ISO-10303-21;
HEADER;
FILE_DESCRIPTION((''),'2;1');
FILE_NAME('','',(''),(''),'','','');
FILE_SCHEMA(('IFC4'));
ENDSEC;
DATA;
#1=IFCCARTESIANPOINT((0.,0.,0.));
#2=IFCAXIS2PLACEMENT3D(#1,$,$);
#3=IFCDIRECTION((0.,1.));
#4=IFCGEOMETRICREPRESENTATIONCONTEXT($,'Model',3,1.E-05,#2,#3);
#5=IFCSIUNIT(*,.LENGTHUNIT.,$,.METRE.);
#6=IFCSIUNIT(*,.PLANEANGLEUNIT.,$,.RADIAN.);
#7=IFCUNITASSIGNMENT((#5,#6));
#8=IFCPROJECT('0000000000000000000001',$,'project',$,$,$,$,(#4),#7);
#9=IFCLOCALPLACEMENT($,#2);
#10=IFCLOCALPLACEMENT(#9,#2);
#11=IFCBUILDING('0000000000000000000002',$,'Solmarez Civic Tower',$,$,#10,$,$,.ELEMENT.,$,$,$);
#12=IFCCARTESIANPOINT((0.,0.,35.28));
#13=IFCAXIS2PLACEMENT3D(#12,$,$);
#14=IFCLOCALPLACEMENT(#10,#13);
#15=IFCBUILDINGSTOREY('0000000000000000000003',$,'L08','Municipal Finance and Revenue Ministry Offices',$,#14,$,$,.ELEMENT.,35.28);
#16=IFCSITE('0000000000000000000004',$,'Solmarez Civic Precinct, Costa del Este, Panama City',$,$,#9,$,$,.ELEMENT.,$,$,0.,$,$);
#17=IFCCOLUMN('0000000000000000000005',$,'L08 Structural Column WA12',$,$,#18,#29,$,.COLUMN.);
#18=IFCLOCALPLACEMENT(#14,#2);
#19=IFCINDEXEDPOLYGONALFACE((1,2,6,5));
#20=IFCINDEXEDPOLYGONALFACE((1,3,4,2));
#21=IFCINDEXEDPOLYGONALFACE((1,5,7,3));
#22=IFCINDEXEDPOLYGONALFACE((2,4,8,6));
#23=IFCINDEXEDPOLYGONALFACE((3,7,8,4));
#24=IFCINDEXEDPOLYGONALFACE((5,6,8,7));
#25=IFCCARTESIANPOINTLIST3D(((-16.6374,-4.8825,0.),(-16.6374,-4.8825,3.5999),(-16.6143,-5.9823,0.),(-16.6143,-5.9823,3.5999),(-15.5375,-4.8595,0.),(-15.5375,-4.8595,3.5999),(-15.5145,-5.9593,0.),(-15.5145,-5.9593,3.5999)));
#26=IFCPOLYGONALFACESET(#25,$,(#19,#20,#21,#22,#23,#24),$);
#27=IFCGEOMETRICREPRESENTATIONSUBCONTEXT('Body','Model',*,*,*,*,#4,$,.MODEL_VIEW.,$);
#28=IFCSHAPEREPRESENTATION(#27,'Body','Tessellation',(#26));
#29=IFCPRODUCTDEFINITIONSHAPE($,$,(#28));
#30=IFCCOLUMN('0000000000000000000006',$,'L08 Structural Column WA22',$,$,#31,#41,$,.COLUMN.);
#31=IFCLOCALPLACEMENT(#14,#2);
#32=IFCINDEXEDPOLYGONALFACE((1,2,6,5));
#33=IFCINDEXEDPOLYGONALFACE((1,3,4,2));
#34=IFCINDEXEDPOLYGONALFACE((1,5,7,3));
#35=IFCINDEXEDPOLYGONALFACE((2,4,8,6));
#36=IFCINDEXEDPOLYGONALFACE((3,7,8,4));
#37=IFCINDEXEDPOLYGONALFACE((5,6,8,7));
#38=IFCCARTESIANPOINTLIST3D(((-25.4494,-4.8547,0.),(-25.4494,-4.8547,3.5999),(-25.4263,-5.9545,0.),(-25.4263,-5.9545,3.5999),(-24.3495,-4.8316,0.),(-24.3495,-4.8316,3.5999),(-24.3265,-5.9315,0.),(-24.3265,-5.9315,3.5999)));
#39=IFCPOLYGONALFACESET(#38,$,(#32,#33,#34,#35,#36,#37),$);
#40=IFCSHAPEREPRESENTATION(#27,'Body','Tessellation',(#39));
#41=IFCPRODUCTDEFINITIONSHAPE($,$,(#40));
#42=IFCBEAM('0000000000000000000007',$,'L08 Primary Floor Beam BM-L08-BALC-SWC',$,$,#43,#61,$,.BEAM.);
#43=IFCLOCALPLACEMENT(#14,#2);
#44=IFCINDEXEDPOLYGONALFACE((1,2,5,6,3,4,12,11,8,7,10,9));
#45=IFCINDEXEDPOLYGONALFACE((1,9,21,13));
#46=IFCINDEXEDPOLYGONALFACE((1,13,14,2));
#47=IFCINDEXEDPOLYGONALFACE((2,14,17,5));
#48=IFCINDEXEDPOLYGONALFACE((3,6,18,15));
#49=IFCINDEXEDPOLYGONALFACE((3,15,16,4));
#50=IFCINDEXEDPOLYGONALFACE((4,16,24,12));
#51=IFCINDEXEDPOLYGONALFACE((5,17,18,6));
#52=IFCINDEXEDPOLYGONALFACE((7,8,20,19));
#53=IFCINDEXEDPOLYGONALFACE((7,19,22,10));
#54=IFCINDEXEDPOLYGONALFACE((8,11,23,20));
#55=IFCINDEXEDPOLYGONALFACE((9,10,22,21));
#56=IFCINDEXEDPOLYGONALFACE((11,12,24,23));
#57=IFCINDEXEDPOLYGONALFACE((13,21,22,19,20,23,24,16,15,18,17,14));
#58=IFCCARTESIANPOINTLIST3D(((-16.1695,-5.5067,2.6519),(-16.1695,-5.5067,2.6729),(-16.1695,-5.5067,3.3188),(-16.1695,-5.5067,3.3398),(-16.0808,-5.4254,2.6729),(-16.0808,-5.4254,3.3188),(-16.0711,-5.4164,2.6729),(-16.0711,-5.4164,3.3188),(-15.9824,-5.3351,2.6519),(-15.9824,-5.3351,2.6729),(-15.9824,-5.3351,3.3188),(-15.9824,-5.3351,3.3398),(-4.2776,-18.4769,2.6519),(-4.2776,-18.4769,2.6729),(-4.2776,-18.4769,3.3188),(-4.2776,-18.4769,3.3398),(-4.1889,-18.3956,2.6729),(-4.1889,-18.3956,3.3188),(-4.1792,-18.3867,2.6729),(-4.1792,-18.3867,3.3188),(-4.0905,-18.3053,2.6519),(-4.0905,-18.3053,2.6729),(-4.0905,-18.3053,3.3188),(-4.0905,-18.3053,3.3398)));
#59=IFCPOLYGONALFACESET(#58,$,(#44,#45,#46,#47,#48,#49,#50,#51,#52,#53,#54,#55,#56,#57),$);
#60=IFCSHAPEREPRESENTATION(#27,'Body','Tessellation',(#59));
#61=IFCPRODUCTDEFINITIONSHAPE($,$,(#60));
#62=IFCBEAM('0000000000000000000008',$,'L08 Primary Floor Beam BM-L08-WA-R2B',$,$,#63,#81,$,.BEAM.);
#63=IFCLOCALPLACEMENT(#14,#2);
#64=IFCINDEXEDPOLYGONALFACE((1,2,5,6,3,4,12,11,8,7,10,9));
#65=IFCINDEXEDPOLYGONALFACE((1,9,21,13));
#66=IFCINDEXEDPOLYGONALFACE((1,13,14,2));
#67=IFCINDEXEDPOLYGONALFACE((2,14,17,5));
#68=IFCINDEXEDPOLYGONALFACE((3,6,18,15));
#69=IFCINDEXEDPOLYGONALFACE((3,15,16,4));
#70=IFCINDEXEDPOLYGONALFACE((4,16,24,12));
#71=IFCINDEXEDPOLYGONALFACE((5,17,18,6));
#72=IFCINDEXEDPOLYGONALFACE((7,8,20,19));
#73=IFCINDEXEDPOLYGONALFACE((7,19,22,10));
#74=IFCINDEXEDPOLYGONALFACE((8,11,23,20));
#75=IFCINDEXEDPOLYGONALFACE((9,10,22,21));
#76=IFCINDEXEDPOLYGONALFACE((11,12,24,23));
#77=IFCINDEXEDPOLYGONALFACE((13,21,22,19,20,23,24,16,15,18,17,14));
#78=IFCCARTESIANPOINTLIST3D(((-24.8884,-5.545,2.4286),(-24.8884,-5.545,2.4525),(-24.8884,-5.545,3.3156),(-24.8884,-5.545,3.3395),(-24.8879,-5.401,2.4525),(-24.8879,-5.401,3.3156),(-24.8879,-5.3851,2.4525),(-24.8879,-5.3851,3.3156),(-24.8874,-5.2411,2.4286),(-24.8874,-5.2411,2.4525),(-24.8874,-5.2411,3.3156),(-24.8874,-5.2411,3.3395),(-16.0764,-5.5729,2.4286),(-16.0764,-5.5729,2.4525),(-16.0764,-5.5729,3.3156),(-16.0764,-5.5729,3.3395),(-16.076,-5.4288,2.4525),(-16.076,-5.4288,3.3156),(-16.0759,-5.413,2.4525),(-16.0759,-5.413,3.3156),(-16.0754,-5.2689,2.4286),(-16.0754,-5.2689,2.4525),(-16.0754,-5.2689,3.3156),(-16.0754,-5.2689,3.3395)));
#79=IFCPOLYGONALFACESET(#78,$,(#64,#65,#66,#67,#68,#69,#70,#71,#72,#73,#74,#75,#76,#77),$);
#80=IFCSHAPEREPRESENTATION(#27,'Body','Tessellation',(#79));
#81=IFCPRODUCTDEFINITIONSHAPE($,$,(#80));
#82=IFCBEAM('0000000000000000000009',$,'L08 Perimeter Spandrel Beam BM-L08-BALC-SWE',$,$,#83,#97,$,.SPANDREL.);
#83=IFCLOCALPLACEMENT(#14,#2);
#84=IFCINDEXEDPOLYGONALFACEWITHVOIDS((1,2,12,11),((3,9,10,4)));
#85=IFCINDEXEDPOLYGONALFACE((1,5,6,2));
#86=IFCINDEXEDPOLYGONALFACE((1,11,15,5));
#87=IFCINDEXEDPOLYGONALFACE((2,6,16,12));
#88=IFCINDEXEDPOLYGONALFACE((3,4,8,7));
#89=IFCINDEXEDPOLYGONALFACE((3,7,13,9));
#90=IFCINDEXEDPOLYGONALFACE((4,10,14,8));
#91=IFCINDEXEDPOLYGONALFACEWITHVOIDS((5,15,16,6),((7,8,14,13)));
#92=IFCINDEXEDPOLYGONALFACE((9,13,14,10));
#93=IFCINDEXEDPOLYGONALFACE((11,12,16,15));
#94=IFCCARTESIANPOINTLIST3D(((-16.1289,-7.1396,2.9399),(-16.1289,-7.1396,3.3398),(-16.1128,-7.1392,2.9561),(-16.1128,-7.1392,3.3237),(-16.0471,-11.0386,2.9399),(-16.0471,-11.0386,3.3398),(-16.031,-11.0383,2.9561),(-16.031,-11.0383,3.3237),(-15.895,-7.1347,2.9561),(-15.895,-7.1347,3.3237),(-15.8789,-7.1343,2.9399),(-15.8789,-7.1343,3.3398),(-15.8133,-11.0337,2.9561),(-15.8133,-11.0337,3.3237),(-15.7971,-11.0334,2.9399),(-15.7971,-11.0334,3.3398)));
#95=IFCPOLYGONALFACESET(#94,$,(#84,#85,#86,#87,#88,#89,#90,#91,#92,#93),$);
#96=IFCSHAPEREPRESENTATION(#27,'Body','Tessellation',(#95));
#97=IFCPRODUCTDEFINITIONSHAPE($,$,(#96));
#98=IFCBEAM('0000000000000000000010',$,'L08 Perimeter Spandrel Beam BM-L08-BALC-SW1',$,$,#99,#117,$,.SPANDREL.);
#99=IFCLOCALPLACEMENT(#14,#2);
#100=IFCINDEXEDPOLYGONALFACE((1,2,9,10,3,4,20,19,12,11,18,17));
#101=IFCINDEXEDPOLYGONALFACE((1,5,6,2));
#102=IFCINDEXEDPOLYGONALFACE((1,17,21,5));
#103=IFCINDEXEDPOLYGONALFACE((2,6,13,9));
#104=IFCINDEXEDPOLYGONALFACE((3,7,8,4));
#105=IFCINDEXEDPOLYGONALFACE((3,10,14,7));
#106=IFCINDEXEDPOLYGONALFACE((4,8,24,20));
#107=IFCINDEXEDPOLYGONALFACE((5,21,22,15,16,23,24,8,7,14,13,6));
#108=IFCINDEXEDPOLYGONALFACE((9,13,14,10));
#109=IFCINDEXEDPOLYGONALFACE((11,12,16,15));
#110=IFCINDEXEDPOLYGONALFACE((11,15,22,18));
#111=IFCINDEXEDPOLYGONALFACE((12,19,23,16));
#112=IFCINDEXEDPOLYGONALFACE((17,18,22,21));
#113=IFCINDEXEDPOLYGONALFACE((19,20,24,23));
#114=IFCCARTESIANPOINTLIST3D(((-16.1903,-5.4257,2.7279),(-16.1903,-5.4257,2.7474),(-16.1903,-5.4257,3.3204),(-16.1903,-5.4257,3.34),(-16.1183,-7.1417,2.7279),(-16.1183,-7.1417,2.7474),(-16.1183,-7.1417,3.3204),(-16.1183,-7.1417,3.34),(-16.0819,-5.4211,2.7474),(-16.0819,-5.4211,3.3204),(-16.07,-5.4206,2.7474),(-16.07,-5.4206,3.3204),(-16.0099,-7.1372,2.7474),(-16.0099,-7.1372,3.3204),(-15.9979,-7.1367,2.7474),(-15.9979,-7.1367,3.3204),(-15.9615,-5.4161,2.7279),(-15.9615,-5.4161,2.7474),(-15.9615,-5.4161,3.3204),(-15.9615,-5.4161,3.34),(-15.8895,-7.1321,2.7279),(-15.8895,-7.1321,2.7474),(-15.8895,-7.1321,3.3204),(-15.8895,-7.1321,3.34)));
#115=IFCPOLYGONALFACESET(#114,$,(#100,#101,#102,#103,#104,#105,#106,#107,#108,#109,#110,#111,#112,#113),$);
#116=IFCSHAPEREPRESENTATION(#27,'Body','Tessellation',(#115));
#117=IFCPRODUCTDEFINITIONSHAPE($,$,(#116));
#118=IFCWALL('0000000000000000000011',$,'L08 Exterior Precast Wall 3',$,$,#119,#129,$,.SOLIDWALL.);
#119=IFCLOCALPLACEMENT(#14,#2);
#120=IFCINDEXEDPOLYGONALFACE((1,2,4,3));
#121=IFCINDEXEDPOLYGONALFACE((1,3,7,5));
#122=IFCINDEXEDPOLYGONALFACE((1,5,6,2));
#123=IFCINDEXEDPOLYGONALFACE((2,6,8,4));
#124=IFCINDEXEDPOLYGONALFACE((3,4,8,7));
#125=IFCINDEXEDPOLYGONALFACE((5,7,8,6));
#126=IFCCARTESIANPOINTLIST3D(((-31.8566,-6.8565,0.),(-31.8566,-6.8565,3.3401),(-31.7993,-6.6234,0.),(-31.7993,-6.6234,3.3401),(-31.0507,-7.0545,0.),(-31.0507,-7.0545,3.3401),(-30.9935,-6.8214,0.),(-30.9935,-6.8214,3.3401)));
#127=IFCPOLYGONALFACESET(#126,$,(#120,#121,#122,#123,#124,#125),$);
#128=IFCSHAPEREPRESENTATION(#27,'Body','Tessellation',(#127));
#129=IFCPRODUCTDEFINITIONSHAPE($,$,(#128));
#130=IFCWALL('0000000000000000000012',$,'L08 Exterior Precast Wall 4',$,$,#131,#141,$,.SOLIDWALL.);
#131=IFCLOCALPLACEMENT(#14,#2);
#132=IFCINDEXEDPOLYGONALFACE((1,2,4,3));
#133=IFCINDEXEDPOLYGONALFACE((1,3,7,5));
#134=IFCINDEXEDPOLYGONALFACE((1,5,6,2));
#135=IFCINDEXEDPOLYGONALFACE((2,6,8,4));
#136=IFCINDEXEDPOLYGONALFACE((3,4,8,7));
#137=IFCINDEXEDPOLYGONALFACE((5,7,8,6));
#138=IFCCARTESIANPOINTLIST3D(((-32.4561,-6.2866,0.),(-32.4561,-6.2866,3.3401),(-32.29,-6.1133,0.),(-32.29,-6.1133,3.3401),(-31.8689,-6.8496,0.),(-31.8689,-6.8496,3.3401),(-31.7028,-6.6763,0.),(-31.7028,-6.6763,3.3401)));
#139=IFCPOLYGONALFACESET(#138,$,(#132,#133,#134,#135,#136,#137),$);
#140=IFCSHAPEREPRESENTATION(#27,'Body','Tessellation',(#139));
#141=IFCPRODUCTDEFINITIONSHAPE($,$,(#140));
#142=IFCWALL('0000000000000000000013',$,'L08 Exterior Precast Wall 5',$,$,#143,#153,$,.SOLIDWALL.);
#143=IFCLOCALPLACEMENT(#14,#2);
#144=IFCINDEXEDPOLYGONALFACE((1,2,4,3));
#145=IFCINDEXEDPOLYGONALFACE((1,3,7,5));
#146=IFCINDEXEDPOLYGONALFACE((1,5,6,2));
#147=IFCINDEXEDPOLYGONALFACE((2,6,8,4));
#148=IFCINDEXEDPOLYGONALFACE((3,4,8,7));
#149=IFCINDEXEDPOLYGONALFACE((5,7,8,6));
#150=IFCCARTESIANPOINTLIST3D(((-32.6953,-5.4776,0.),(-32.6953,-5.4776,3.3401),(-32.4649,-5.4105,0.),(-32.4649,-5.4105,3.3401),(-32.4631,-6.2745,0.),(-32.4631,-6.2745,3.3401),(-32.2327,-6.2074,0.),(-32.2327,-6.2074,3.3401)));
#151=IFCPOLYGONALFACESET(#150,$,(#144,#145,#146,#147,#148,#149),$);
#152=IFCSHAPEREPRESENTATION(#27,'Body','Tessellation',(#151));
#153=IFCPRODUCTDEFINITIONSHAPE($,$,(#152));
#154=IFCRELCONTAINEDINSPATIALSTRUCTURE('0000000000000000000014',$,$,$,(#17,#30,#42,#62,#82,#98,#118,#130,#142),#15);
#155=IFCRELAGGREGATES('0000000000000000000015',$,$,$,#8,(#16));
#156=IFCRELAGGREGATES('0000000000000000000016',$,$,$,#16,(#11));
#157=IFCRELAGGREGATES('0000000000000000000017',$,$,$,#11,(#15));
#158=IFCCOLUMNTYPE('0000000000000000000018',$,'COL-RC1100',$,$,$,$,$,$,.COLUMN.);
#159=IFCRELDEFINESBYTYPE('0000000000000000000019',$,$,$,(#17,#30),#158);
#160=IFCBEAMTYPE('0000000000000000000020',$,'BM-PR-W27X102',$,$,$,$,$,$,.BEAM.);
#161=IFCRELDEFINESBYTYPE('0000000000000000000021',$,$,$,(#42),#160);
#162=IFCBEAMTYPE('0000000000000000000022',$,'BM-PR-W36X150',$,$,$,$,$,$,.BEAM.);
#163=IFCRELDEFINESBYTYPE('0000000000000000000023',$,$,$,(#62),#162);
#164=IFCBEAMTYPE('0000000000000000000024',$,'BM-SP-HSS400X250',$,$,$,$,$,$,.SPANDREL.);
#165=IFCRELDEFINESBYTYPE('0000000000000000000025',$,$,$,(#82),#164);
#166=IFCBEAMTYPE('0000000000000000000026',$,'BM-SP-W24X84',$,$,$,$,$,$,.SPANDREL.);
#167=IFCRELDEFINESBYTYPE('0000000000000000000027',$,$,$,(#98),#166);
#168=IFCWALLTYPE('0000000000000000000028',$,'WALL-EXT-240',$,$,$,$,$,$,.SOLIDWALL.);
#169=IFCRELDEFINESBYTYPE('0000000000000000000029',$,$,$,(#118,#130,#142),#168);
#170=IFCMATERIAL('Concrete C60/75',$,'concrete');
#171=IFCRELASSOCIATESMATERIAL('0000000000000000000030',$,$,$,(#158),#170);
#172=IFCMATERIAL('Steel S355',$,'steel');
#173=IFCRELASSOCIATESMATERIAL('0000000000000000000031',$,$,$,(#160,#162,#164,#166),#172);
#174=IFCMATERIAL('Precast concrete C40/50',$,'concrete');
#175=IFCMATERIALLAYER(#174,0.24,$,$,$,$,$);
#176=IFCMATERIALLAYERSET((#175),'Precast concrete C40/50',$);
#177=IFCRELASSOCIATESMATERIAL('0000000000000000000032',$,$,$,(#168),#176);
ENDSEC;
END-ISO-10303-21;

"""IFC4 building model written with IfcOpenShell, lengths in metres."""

from ifc_helpers import new_model, si_unit, direction, frame, frame_2d, origin, origin_2d, place, context, subcontext, project, spatial, rectangle, hollow_rectangle, i_section, extrude, material, layer, layer_set, material_profile, profile_set, type_object, element, save


model = new_model("IFC4")

# Units and contexts
model_context = context("Model", 3, precision=1e-05, world=origin(), true_north=direction((0.0, 1.0)))
body_context = subcontext(model_context, "Body", "Model", "MODEL_VIEW")
ifc_project = project(units=[si_unit("LENGTHUNIT", "METRE"), si_unit("PLANEANGLEUNIT", "RADIAN")], contexts=[model_context])

# Site, building, storey
site_placement = place(None, origin())
site = spatial("IfcSite", under=ifc_project, at=site_placement, Name="Solmarez Civic Precinct, Costa del Este, Panama City", CompositionType="ELEMENT", RefElevation=0.0)
building_placement = place(site_placement, origin())
building = spatial("IfcBuilding", under=site, at=building_placement, Name="Solmarez Civic Tower", CompositionType="ELEMENT")
storey_placement = place(building_placement, frame((0.0, 0.0, 35.28)))
storey = spatial("IfcBuildingStorey", under=building, at=storey_placement, Name="L08", Description="Municipal Finance and Revenue Ministry Offices", CompositionType="ELEMENT", Elevation=35.28)

# Columns
ifc_material_1 = material(Name="Concrete C60/75", Category="concrete")
ifc_material_profile_1 = material_profile(ifc_material_1, rectangle(XDim=1.1001, YDim=1.1001, at=origin_2d()), Name="RC1100X1100")
ifc_profile_set_1 = profile_set([ifc_material_profile_1], Name="Concrete C60/75")
column_type = type_object("IfcColumnType", Name="COL-RC1100", PredefinedType="COLUMN", material=ifc_profile_set_1)
for number, where, z_axis, x_axis, name in (
    (1, (-16.0759, -5.4209, 0.0), (0.0, 0.0, 1.0), (0.999781, 0.020942, 0.0), "L08 Structural Column WA12"),
    (2, (-24.8879, -5.3931, 0.0), (0.0, 0.0, 1.0), (0.999781, 0.020942, 0.0), "L08 Structural Column WA22"),
):
    element("IfcColumn", number, at=place(storey_placement, frame(where, z_axis=z_axis, x_axis=x_axis)), inside=storey, type_object=column_type, Name=name, PredefinedType="COLUMN", context=body_context, shape_type="SweptSolid", body=[
        extrude(rectangle(XDim=1.1001, YDim=1.1001, at=origin_2d()), origin(), (0.0, 0.0, 1.0), 3.5999),
    ])

# Beams
ifc_material_2 = material(Name="Steel S355", Category="steel")
ifc_material_profile_2 = material_profile(ifc_material_2, i_section(OverallWidth=0.2539, OverallDepth=0.688, WebThickness=0.0132, FlangeThickness=0.021, at=origin_2d()), Name="W27X102")
ifc_profile_set_2 = profile_set([ifc_material_profile_2], Name="Steel S355")
beam_type_1 = type_object("IfcBeamType", Name="BM-PR-W27X102", PredefinedType="BEAM", material=ifc_profile_set_2)
beam_1_placement = place(storey_placement, frame((-16.0759, -5.4209, 2.9958), z_axis=(0.675801, -0.737084, 0.0), x_axis=(0.737084, 0.675801, 0.0)))
element("IfcBeam", 3, at=beam_1_placement, inside=storey, type_object=beam_type_1, Name="L08 Primary Floor Beam BM-L08-BALC-SWC", PredefinedType="BEAM", context=body_context, shape_type="SweptSolid", body=[
    extrude(i_section(OverallWidth=0.2539, OverallDepth=0.688, WebThickness=0.0132, FlangeThickness=0.021, at=origin_2d()), origin(), (0.0, 0.0, 1.0), 17.5967),
])
ifc_material_profile_3 = material_profile(ifc_material_2, i_section(OverallWidth=0.304, OverallDepth=0.9109, WebThickness=0.0159, FlangeThickness=0.0239, at=origin_2d()), Name="W36X150")
ifc_profile_set_3 = profile_set([ifc_material_profile_3], Name="Steel S355")
beam_type_2 = type_object("IfcBeamType", Name="BM-PR-W36X150", PredefinedType="BEAM", material=ifc_profile_set_3)
beam_2_placement = place(storey_placement, frame((-16.0759, -5.4209, 2.884), z_axis=(-0.999995, 0.003158, 0.0), x_axis=(-0.003158, -0.999995, 0.0)))
element("IfcBeam", 4, at=beam_2_placement, inside=storey, type_object=beam_type_2, Name="L08 Primary Floor Beam BM-L08-WA-R2B", PredefinedType="BEAM", context=body_context, shape_type="SweptSolid", body=[
    extrude(i_section(OverallWidth=0.304, OverallDepth=0.9109, WebThickness=0.0159, FlangeThickness=0.0239, at=origin_2d()), origin(), (0.0, 0.0, 1.0), 8.812),
])
ifc_material_profile_4 = material_profile(ifc_material_2, hollow_rectangle(XDim=0.25, YDim=0.3999, WallThickness=0.0161, at=origin_2d()), Name="HSS400X250X16")
ifc_profile_set_4 = profile_set([ifc_material_profile_4], Name="Steel S355")
beam_type_3 = type_object("IfcBeamType", Name="BM-SP-HSS400X250", PredefinedType="SPANDREL", material=ifc_profile_set_4)
beam_3_placement = place(storey_placement, frame((-16.0039, -7.137, 3.1399), z_axis=(0.020972, -0.99978, 0.0), x_axis=(0.99978, 0.020972, 0.0)))
element("IfcBeam", 5, at=beam_3_placement, inside=storey, type_object=beam_type_3, Name="L08 Perimeter Spandrel Beam BM-L08-BALC-SWE", PredefinedType="SPANDREL", context=body_context, shape_type="SweptSolid", body=[
    extrude(hollow_rectangle(XDim=0.25, YDim=0.3999, WallThickness=0.0161, at=origin_2d()), origin(), (0.0, 0.0, 1.0), 3.8999),
])
ifc_material_profile_5 = material_profile(ifc_material_2, i_section(OverallWidth=0.229, OverallDepth=0.6121, WebThickness=0.012, FlangeThickness=0.0195, at=origin_2d()), Name="W24X84")
ifc_profile_set_5 = profile_set([ifc_material_profile_5], Name="Steel S355")
beam_type_4 = type_object("IfcBeamType", Name="BM-SP-W24X84", PredefinedType="SPANDREL", material=ifc_profile_set_5)
beam_4_placement = place(storey_placement, frame((-16.0759, -5.4209, 3.0339), z_axis=(0.041932, -0.99912, 0.0), x_axis=(0.99912, 0.041932, 0.0)))
element("IfcBeam", 6, at=beam_4_placement, inside=storey, type_object=beam_type_4, Name="L08 Perimeter Spandrel Beam BM-L08-BALC-SW1", PredefinedType="SPANDREL", context=body_context, shape_type="SweptSolid", body=[
    extrude(i_section(OverallWidth=0.229, OverallDepth=0.6121, WebThickness=0.012, FlangeThickness=0.0195, at=origin_2d()), origin(), (0.0, 0.0, 1.0), 1.7175),
])

# Walls
ifc_material_3 = material(Name="Precast concrete C40/50", Category="concrete")
ifc_layer_1 = layer(ifc_material_3, 0.24)
ifc_layer_set_1 = layer_set([ifc_layer_1], Name="Precast concrete C40/50")
wall_type_1 = type_object("IfcWallType", Name="WALL-EXT-240", PredefinedType="SOLIDWALL", material=ifc_layer_set_1)
wall_1_placement = place(storey_placement, frame((-31.022, -6.938, 0.0), z_axis=(0.0, 0.0, 1.0), x_axis=(-0.971121, 0.238588, 0.0)))
element("IfcWall", 7, at=wall_1_placement, inside=storey, type_object=wall_type_1, Name="L08 Exterior Precast Wall 3", PredefinedType="SOLIDWALL", context=body_context, shape_type="SweptSolid", body=[
    extrude(rectangle(XDim=0.8298, YDim=0.24, at=frame_2d((0.415, 0.0))), origin(), (0.0, 0.0, 1.0), 3.3401),
])
wall_2_placement = place(storey_placement, frame((-31.7859, -6.7629, 0.0), z_axis=(0.0, 0.0, 1.0), x_axis=(-0.721807, 0.692094, 0.0)))
element("IfcWall", 8, at=wall_2_placement, inside=storey, type_object=wall_type_1, Name="L08 Exterior Precast Wall 4", PredefinedType="SOLIDWALL", context=body_context, shape_type="SweptSolid", body=[
    extrude(rectangle(XDim=0.8135, YDim=0.24, at=frame_2d((0.4067, 0.0))), origin(), (0.0, 0.0, 1.0), 3.3401),
])
wall_3_placement = place(storey_placement, frame((-32.3479, -6.241, 0.0), z_axis=(0.0, 0.0, 1.0), x_axis=(-0.279729, 0.960079, 0.0)))
element("IfcWall", 9, at=wall_3_placement, inside=storey, type_object=wall_type_1, Name="L08 Exterior Precast Wall 5", PredefinedType="SOLIDWALL", context=body_context, shape_type="SweptSolid", body=[
    extrude(rectangle(XDim=0.8301, YDim=0.24, at=frame_2d((0.415, 0.0))), origin(), (0.0, 0.0, 1.0), 3.3401),
])

save(model, "model.ifc")
